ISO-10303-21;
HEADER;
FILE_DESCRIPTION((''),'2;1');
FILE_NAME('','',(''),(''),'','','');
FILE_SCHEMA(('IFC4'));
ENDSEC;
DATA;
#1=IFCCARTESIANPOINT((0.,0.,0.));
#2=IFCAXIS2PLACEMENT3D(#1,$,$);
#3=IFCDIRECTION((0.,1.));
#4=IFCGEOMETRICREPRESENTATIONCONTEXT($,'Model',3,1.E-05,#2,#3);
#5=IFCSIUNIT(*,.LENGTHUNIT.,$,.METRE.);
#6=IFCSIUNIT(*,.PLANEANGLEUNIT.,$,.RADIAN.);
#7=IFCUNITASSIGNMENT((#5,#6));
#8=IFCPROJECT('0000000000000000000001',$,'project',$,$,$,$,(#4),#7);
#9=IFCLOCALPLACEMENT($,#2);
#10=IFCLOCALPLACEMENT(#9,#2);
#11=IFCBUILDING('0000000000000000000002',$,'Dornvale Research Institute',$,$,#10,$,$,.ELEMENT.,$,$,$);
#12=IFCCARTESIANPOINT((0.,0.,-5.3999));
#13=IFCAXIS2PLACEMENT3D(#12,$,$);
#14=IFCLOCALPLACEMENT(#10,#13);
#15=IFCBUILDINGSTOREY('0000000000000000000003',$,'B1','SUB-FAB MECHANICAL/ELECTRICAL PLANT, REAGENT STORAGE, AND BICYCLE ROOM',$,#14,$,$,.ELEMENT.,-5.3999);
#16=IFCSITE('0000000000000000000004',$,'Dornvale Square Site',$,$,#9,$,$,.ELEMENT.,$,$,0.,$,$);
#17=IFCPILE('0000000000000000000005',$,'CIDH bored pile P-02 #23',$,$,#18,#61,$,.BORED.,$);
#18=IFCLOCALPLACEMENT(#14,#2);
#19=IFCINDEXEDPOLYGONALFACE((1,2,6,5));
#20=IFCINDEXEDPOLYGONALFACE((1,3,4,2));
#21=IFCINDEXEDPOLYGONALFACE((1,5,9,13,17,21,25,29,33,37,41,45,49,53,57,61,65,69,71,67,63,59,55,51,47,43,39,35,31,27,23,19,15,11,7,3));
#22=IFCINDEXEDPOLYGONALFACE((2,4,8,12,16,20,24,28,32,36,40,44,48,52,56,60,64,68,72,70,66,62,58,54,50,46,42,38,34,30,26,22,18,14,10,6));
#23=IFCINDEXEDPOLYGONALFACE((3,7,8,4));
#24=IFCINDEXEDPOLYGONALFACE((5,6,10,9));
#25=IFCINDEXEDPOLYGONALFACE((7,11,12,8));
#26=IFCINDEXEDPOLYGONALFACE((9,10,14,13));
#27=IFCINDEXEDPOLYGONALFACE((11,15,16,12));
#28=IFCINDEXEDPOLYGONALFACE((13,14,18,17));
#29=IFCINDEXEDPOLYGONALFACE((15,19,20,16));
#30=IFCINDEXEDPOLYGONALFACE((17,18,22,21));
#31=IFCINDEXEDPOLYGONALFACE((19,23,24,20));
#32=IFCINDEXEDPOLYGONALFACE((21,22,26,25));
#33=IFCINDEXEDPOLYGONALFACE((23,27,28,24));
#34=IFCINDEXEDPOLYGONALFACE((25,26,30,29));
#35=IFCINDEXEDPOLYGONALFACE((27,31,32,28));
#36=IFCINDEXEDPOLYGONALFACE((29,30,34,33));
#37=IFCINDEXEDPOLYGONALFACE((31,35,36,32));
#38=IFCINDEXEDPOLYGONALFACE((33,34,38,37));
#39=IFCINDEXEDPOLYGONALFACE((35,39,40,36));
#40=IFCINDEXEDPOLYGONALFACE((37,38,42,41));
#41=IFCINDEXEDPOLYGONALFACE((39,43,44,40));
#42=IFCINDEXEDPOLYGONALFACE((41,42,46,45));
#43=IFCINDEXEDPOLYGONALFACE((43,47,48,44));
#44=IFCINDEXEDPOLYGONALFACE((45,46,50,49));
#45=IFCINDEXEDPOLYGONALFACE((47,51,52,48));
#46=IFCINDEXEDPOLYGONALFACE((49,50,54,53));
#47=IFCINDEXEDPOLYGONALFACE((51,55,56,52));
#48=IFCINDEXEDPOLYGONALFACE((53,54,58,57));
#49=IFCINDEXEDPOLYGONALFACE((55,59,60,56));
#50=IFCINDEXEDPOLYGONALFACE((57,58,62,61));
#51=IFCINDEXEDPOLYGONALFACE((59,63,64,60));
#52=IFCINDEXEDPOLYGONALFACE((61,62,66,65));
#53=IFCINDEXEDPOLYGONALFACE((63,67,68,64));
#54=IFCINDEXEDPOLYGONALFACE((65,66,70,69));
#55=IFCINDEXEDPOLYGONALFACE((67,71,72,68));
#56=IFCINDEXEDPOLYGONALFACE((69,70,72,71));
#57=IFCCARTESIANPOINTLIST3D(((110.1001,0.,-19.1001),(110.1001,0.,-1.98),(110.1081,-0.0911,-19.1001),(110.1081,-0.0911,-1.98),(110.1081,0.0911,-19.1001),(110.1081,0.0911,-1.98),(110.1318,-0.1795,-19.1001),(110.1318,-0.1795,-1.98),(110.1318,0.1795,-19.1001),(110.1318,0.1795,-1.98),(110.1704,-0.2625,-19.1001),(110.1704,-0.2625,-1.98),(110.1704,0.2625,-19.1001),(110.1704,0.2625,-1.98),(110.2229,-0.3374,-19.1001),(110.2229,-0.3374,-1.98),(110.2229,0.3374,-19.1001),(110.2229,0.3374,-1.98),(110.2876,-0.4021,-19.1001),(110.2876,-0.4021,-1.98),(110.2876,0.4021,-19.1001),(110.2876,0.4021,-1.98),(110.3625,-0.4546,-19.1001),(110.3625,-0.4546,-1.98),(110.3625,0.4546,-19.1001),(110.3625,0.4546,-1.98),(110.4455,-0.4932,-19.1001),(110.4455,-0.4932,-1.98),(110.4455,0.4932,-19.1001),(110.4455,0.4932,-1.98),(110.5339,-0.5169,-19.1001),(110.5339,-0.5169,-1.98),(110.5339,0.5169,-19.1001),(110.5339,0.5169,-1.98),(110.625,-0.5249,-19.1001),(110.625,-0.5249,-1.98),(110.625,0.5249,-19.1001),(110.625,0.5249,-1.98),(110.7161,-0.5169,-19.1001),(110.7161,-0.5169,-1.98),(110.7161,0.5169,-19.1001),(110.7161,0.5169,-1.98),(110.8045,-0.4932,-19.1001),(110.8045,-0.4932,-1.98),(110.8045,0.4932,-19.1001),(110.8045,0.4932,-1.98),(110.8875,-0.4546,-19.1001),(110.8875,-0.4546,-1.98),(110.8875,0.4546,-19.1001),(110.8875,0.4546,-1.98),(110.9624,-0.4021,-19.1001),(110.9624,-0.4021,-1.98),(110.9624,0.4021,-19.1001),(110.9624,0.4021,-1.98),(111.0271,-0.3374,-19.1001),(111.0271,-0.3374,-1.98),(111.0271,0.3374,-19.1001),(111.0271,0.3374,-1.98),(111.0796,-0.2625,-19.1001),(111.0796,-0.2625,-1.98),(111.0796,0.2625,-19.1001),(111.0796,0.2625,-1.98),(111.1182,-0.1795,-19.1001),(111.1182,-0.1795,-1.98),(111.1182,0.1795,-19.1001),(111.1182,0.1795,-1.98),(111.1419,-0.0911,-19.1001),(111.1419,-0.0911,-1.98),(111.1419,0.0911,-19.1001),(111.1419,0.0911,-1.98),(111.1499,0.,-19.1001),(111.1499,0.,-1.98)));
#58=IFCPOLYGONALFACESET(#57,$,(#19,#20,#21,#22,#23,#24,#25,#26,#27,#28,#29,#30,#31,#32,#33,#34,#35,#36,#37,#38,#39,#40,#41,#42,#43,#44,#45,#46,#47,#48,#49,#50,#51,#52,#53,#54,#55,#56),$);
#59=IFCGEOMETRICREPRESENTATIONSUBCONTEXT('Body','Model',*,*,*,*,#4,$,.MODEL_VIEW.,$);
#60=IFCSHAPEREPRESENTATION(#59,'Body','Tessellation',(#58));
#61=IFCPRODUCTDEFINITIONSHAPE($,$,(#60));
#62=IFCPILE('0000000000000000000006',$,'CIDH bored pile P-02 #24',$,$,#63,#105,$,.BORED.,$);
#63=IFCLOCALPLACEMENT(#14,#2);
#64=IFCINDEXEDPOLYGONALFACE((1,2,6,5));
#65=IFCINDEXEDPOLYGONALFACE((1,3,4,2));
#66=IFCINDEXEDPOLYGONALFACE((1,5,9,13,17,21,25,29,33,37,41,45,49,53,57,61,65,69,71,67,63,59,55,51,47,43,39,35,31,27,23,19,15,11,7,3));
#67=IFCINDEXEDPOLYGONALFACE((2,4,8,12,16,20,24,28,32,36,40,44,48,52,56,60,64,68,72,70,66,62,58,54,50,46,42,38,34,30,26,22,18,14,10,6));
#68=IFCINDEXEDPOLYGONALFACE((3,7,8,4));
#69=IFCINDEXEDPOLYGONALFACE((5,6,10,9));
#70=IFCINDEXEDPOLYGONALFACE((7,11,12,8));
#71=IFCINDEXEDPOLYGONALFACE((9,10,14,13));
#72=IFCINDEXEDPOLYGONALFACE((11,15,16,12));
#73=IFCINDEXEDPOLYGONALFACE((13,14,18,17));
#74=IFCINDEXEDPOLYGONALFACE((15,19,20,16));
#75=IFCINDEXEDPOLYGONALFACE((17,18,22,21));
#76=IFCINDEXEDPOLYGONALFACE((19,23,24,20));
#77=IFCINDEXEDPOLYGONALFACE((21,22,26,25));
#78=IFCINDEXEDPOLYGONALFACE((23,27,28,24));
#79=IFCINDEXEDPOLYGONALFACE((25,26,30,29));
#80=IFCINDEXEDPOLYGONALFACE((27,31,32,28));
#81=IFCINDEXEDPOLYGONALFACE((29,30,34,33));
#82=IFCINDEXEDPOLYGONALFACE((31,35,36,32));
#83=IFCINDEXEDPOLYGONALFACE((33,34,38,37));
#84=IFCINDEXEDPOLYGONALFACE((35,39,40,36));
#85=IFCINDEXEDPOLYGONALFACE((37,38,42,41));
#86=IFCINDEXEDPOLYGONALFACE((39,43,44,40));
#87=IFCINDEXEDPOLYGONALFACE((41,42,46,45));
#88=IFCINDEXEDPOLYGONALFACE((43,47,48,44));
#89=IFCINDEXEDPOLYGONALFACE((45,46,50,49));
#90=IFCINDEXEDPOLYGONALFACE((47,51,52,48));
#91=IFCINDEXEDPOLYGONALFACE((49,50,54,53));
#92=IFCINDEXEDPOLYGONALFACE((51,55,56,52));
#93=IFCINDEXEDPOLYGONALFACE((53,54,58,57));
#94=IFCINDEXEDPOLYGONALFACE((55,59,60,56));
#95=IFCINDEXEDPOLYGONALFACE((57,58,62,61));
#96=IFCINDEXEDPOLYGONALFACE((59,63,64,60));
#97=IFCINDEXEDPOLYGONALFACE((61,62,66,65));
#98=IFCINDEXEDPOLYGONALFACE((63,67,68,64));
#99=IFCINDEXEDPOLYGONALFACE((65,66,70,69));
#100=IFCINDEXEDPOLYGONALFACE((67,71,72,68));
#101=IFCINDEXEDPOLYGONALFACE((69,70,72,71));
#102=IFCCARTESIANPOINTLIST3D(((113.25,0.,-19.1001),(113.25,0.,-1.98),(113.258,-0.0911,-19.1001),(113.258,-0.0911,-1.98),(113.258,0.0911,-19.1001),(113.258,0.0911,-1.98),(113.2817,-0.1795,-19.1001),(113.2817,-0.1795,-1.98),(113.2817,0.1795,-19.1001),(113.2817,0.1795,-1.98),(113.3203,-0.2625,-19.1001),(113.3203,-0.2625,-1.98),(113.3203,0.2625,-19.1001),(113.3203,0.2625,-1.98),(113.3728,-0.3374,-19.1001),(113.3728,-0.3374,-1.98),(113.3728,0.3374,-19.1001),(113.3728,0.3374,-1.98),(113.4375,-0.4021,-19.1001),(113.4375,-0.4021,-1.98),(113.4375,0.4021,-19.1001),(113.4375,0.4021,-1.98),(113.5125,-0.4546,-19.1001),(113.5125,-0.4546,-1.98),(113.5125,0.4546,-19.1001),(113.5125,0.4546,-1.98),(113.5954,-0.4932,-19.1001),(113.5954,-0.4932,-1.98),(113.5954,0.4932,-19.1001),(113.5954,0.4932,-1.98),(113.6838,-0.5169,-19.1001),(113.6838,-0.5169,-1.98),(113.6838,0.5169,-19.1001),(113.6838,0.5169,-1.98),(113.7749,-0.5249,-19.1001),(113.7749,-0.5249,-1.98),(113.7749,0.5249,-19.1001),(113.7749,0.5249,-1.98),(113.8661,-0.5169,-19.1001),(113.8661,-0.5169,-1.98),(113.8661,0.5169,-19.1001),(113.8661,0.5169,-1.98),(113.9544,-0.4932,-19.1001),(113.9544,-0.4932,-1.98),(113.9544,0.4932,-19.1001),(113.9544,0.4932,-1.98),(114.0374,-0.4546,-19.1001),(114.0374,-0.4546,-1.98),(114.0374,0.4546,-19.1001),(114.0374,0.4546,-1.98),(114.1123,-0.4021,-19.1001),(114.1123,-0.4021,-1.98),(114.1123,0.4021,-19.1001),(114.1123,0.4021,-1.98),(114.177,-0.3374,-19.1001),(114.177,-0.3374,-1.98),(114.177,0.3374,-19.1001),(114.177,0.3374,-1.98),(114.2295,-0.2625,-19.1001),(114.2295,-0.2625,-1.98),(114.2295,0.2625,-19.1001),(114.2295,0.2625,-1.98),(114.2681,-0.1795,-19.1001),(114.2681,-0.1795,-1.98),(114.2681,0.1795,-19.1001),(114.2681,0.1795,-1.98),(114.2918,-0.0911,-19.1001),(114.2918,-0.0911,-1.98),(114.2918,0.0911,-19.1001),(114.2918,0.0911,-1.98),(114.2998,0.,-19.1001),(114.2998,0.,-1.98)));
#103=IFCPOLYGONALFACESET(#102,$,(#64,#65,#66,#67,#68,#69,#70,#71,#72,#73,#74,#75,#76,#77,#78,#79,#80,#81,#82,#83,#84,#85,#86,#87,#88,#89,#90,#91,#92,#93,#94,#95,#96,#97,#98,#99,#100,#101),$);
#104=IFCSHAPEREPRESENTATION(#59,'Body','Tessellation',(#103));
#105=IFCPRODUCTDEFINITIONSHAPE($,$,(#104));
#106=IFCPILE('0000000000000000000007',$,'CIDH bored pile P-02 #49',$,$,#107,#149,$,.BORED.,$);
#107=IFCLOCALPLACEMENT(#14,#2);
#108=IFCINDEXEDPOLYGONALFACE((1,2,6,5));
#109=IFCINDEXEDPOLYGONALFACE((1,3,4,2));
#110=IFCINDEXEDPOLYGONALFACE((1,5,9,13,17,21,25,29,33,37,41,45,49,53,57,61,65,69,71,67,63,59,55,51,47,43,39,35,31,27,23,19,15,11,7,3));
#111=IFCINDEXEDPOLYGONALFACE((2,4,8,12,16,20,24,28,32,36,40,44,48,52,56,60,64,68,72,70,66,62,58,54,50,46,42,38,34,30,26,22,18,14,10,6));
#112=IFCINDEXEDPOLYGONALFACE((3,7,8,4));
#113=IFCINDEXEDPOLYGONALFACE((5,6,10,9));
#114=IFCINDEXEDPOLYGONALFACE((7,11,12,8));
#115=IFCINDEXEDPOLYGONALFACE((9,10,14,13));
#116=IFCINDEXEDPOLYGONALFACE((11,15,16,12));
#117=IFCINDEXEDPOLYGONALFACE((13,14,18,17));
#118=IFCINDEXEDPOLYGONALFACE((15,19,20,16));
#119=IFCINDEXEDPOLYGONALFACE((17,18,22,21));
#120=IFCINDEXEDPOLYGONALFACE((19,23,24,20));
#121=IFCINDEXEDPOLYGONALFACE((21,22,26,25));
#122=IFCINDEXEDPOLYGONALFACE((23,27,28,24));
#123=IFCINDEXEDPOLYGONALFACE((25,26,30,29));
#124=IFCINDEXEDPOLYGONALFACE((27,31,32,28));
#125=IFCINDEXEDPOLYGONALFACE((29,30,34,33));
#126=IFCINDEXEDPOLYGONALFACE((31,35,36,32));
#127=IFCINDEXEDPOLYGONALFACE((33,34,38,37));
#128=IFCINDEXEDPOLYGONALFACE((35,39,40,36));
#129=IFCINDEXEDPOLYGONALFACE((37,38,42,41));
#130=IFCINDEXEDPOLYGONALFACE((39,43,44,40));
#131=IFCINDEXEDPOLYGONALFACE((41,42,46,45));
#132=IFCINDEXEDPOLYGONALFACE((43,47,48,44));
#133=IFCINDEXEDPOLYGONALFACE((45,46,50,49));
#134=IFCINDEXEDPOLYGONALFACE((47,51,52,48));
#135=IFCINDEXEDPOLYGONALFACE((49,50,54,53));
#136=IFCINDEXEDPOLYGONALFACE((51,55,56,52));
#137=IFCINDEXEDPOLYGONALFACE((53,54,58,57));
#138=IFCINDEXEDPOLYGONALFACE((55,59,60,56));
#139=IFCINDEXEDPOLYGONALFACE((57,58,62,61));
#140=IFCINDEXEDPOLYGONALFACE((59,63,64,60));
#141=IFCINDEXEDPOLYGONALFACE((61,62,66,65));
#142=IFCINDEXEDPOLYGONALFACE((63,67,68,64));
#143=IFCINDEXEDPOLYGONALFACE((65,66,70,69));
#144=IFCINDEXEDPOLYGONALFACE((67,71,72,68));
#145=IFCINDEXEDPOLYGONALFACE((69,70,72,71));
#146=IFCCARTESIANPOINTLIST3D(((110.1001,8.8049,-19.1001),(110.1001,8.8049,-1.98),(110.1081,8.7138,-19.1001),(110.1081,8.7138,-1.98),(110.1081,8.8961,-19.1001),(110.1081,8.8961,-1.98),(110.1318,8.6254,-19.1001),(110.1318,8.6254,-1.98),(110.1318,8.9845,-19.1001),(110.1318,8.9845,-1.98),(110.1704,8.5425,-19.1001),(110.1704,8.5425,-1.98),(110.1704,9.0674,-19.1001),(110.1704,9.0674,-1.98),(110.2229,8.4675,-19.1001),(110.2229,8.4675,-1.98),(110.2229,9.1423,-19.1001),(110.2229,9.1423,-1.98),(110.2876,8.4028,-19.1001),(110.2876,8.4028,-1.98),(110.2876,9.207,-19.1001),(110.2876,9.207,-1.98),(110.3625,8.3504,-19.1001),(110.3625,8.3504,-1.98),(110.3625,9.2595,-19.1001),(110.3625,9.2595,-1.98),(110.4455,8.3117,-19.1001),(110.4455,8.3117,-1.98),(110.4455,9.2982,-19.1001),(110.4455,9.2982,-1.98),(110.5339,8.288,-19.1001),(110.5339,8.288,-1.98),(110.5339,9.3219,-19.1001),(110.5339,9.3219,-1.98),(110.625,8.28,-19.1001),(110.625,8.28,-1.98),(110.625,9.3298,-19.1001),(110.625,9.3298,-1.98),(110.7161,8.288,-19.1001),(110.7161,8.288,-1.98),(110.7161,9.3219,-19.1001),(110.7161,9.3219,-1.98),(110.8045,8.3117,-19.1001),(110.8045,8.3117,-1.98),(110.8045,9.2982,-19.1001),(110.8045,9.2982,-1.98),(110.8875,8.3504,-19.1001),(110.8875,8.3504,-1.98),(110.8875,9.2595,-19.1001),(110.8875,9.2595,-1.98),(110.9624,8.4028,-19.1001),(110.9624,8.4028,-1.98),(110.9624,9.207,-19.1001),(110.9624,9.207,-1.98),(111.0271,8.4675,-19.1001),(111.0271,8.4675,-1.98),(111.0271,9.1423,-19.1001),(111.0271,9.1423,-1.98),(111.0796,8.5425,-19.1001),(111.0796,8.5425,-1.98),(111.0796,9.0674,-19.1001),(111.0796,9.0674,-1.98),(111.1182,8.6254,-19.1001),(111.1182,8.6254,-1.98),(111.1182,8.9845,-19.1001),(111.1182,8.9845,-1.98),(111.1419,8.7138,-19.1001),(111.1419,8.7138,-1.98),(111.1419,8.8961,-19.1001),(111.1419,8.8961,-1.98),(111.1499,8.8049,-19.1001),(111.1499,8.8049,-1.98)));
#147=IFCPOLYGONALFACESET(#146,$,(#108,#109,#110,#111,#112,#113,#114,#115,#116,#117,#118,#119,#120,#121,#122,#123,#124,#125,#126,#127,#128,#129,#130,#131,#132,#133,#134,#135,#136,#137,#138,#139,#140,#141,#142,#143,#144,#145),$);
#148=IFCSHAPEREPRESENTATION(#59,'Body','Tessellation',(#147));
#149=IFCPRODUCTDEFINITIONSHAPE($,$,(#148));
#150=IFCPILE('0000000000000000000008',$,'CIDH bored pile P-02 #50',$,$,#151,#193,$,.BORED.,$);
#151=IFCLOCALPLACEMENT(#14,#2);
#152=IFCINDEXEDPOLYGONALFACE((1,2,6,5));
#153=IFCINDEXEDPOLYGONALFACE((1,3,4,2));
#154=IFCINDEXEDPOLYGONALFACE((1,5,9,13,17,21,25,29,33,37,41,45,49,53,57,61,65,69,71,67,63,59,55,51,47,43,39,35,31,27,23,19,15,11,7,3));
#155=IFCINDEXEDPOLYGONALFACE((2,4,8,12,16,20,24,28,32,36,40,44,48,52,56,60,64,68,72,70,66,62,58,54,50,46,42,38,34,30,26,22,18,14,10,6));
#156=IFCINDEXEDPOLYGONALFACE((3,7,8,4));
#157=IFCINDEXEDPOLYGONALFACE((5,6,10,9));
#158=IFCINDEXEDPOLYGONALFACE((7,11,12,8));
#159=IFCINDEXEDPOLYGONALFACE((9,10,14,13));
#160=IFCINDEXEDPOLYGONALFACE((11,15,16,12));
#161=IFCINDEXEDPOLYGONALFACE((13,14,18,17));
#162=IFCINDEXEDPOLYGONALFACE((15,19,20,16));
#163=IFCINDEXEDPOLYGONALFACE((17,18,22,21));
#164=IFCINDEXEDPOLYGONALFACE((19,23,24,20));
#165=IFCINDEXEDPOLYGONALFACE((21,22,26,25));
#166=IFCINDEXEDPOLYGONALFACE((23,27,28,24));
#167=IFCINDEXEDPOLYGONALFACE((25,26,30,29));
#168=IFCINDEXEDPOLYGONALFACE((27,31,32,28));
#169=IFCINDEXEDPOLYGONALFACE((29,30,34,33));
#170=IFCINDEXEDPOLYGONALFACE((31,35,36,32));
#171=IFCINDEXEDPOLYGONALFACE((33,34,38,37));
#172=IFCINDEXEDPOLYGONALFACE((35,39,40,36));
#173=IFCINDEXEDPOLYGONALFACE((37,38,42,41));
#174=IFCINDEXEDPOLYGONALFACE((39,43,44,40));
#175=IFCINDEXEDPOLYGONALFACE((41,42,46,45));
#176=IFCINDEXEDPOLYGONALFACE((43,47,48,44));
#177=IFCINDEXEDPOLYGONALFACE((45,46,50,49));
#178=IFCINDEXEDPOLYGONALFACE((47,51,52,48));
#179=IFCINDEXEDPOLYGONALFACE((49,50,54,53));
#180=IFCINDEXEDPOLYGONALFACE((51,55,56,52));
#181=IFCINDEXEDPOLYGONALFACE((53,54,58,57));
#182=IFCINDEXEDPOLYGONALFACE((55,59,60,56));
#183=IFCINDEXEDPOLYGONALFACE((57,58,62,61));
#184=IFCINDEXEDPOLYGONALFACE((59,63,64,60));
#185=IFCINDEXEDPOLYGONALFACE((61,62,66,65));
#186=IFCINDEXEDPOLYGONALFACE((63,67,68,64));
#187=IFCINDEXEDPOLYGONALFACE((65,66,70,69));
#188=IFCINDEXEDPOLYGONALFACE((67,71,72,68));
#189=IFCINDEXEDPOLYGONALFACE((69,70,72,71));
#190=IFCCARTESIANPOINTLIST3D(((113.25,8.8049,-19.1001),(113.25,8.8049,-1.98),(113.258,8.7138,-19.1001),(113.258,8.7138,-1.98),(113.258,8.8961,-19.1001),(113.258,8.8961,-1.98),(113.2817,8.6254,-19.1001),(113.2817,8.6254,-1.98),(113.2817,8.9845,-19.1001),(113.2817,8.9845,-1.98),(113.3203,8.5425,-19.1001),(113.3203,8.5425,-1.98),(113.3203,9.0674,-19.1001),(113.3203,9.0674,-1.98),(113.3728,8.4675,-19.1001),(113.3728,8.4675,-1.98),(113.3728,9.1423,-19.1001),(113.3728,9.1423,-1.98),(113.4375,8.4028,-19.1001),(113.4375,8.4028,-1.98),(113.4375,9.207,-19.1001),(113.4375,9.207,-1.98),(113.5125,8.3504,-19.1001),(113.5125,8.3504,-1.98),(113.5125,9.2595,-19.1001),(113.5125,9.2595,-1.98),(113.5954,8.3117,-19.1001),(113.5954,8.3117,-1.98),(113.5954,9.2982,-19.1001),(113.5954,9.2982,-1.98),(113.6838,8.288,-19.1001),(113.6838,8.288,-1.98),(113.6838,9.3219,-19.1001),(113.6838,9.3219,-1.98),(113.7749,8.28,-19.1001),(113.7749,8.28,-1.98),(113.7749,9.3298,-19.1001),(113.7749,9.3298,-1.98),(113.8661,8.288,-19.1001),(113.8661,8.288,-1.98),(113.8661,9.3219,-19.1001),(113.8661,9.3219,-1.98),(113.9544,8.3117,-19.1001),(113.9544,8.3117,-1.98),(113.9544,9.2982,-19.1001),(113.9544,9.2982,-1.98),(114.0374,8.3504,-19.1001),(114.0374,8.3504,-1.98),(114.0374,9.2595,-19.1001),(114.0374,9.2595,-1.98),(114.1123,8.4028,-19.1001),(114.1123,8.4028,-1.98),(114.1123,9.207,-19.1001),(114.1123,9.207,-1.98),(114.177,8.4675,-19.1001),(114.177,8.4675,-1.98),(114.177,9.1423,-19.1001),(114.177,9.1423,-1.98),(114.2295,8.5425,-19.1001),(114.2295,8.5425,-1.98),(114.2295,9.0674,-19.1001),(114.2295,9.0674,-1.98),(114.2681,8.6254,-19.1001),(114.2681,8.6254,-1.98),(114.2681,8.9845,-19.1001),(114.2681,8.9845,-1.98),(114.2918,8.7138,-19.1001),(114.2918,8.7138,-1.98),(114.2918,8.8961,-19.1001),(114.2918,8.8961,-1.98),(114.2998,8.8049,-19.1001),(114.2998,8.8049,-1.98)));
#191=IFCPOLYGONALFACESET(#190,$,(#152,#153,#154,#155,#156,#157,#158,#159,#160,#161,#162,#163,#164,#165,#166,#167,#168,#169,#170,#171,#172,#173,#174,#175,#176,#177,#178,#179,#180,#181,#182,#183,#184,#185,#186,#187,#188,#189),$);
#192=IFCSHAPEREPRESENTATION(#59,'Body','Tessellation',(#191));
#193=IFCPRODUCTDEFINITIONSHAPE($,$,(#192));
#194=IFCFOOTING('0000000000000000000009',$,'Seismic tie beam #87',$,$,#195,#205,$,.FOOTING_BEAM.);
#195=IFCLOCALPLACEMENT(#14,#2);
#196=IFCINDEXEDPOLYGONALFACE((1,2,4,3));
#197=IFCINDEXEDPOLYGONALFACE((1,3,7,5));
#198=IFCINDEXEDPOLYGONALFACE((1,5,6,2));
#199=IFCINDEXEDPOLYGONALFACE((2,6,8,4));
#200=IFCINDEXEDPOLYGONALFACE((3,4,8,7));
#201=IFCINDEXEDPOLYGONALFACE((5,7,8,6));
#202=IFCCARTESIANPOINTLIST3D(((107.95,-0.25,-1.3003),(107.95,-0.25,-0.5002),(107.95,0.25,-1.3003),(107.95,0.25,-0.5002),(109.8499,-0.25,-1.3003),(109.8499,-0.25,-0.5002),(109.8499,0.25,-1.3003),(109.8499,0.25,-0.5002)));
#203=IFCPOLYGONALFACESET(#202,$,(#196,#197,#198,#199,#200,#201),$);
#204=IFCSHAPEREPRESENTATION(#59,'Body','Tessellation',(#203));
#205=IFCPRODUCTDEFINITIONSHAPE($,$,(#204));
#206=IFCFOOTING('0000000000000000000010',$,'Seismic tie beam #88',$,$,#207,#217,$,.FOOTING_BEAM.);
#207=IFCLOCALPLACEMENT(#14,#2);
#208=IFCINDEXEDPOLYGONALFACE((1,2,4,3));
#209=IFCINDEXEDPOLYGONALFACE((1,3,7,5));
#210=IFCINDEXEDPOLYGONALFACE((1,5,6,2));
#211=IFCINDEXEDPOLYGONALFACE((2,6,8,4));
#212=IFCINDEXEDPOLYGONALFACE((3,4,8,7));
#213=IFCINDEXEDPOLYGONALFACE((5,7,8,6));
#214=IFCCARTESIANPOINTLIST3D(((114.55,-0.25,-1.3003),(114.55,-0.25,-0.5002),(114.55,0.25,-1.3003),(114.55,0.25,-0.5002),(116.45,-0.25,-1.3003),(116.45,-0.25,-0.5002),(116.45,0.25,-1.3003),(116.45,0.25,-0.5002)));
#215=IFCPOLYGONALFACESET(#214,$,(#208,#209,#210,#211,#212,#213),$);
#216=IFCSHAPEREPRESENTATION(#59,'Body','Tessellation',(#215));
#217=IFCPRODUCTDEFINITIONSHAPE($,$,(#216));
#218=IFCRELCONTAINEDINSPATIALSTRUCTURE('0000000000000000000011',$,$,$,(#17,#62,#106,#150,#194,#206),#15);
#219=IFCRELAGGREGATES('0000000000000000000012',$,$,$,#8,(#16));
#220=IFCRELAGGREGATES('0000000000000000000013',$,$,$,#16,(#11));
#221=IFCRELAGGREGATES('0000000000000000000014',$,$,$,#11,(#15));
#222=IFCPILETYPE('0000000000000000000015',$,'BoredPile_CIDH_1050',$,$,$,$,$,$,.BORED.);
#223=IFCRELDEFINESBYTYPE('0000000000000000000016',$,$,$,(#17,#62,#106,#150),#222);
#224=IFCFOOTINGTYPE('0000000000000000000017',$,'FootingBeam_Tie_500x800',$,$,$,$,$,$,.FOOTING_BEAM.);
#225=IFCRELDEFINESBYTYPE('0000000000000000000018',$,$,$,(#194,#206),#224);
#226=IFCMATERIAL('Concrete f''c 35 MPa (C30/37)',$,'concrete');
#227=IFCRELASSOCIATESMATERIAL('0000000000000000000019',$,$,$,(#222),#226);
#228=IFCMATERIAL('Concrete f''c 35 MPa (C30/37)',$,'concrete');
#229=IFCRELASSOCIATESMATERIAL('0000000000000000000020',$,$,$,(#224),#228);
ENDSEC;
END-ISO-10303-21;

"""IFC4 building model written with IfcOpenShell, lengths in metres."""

from ifc_helpers import new_model, si_unit, direction, frame, origin, origin_2d, place, context, subcontext, project, spatial, rectangle, circle, extrude, material, material_profile, profile_set, type_object, element, save


model = new_model("IFC4")

# Units and contexts
model_context = context("Model", 3, precision=1e-05, world=origin(), true_north=direction((0.0, 1.0)))
body_context = subcontext(model_context, "Body", "Model", "MODEL_VIEW")
ifc_project = project(units=[si_unit("LENGTHUNIT", "METRE"), si_unit("PLANEANGLEUNIT", "RADIAN")], contexts=[model_context])

# Site, building, storey
site_placement = place(None, origin())
site = spatial("IfcSite", under=ifc_project, at=site_placement, Name="Dornvale Square Site", CompositionType="ELEMENT", RefElevation=0.0)
building_placement = place(site_placement, origin())
building = spatial("IfcBuilding", under=site, at=building_placement, Name="Dornvale Research Institute", CompositionType="ELEMENT")
storey_placement = place(building_placement, frame((0.0, 0.0, -5.3999)))
storey = spatial("IfcBuildingStorey", under=building, at=storey_placement, Name="B1", Description="SUB-FAB MECHANICAL/ELECTRICAL PLANT, REAGENT STORAGE, AND BICYCLE ROOM", CompositionType="ELEMENT", Elevation=-5.3999)

# Piles
ifc_material_1 = material(Name="Concrete f'c 35 MPa (C30/37)", Category="concrete")
ifc_material_profile_1 = material_profile(ifc_material_1, circle(Radius=0.5249, at=origin_2d()), Name="CIDH PILE D1050")
ifc_profile_set_1 = profile_set([ifc_material_profile_1], Name="Concrete f'c 35 MPa (C30/37)")
pile_type = type_object("IfcPileType", Name="BoredPile_CIDH_1050", PredefinedType="BORED", material=ifc_profile_set_1)
for number, where, z_axis, x_axis, name in (
    (1, (110.625, 0.0, -1.98), (0.0, 0.0, -1.0), (1.0, 0.0, 0.0), "CIDH bored pile P-02 #23"),
    (2, (113.7749, 0.0, -1.98), (0.0, 0.0, -1.0), (1.0, 0.0, 0.0), "CIDH bored pile P-02 #24"),
    (3, (110.625, 8.8049, -1.98), (0.0, 0.0, -1.0), (1.0, 0.0, 0.0), "CIDH bored pile P-02 #49"),
    (4, (113.7749, 8.8049, -1.98), (0.0, 0.0, -1.0), (1.0, 0.0, 0.0), "CIDH bored pile P-02 #50"),
):
    element("IfcPile", number, at=place(storey_placement, frame(where, z_axis=z_axis, x_axis=x_axis)), inside=storey, type_object=pile_type, Name=name, PredefinedType="BORED", context=body_context, shape_type="SweptSolid", body=[
        extrude(circle(Radius=0.5249, at=origin_2d()), origin(), (0.0, 0.0, 1.0), 17.1201),
    ])

# Footings
ifc_material_2 = material(Name="Concrete f'c 35 MPa (C30/37)", Category="concrete")
footing_type_1 = type_object("IfcFootingType", Name="FootingBeam_Tie_500x800", PredefinedType="FOOTING_BEAM", material=ifc_material_2)
for number, where, z_axis, x_axis, name in (
    (5, (108.8999, 0.0, -1.3003), (0.0, 0.0, 1.0), (1.0, 0.0, 0.0), "Seismic tie beam #87"),
    (6, (115.5, 0.0, -1.3003), (0.0, 0.0, 1.0), (1.0, 0.0, 0.0), "Seismic tie beam #88"),
):
    element("IfcFooting", number, at=place(storey_placement, frame(where, z_axis=z_axis, x_axis=x_axis)), inside=storey, type_object=footing_type_1, Name=name, PredefinedType="FOOTING_BEAM", context=body_context, shape_type="SweptSolid", body=[
        extrude(rectangle(XDim=1.8999, YDim=0.5, at=origin_2d()), origin(), (0.0, 0.0, 1.0), 0.8),
    ])

save(model, "model.ifc")
